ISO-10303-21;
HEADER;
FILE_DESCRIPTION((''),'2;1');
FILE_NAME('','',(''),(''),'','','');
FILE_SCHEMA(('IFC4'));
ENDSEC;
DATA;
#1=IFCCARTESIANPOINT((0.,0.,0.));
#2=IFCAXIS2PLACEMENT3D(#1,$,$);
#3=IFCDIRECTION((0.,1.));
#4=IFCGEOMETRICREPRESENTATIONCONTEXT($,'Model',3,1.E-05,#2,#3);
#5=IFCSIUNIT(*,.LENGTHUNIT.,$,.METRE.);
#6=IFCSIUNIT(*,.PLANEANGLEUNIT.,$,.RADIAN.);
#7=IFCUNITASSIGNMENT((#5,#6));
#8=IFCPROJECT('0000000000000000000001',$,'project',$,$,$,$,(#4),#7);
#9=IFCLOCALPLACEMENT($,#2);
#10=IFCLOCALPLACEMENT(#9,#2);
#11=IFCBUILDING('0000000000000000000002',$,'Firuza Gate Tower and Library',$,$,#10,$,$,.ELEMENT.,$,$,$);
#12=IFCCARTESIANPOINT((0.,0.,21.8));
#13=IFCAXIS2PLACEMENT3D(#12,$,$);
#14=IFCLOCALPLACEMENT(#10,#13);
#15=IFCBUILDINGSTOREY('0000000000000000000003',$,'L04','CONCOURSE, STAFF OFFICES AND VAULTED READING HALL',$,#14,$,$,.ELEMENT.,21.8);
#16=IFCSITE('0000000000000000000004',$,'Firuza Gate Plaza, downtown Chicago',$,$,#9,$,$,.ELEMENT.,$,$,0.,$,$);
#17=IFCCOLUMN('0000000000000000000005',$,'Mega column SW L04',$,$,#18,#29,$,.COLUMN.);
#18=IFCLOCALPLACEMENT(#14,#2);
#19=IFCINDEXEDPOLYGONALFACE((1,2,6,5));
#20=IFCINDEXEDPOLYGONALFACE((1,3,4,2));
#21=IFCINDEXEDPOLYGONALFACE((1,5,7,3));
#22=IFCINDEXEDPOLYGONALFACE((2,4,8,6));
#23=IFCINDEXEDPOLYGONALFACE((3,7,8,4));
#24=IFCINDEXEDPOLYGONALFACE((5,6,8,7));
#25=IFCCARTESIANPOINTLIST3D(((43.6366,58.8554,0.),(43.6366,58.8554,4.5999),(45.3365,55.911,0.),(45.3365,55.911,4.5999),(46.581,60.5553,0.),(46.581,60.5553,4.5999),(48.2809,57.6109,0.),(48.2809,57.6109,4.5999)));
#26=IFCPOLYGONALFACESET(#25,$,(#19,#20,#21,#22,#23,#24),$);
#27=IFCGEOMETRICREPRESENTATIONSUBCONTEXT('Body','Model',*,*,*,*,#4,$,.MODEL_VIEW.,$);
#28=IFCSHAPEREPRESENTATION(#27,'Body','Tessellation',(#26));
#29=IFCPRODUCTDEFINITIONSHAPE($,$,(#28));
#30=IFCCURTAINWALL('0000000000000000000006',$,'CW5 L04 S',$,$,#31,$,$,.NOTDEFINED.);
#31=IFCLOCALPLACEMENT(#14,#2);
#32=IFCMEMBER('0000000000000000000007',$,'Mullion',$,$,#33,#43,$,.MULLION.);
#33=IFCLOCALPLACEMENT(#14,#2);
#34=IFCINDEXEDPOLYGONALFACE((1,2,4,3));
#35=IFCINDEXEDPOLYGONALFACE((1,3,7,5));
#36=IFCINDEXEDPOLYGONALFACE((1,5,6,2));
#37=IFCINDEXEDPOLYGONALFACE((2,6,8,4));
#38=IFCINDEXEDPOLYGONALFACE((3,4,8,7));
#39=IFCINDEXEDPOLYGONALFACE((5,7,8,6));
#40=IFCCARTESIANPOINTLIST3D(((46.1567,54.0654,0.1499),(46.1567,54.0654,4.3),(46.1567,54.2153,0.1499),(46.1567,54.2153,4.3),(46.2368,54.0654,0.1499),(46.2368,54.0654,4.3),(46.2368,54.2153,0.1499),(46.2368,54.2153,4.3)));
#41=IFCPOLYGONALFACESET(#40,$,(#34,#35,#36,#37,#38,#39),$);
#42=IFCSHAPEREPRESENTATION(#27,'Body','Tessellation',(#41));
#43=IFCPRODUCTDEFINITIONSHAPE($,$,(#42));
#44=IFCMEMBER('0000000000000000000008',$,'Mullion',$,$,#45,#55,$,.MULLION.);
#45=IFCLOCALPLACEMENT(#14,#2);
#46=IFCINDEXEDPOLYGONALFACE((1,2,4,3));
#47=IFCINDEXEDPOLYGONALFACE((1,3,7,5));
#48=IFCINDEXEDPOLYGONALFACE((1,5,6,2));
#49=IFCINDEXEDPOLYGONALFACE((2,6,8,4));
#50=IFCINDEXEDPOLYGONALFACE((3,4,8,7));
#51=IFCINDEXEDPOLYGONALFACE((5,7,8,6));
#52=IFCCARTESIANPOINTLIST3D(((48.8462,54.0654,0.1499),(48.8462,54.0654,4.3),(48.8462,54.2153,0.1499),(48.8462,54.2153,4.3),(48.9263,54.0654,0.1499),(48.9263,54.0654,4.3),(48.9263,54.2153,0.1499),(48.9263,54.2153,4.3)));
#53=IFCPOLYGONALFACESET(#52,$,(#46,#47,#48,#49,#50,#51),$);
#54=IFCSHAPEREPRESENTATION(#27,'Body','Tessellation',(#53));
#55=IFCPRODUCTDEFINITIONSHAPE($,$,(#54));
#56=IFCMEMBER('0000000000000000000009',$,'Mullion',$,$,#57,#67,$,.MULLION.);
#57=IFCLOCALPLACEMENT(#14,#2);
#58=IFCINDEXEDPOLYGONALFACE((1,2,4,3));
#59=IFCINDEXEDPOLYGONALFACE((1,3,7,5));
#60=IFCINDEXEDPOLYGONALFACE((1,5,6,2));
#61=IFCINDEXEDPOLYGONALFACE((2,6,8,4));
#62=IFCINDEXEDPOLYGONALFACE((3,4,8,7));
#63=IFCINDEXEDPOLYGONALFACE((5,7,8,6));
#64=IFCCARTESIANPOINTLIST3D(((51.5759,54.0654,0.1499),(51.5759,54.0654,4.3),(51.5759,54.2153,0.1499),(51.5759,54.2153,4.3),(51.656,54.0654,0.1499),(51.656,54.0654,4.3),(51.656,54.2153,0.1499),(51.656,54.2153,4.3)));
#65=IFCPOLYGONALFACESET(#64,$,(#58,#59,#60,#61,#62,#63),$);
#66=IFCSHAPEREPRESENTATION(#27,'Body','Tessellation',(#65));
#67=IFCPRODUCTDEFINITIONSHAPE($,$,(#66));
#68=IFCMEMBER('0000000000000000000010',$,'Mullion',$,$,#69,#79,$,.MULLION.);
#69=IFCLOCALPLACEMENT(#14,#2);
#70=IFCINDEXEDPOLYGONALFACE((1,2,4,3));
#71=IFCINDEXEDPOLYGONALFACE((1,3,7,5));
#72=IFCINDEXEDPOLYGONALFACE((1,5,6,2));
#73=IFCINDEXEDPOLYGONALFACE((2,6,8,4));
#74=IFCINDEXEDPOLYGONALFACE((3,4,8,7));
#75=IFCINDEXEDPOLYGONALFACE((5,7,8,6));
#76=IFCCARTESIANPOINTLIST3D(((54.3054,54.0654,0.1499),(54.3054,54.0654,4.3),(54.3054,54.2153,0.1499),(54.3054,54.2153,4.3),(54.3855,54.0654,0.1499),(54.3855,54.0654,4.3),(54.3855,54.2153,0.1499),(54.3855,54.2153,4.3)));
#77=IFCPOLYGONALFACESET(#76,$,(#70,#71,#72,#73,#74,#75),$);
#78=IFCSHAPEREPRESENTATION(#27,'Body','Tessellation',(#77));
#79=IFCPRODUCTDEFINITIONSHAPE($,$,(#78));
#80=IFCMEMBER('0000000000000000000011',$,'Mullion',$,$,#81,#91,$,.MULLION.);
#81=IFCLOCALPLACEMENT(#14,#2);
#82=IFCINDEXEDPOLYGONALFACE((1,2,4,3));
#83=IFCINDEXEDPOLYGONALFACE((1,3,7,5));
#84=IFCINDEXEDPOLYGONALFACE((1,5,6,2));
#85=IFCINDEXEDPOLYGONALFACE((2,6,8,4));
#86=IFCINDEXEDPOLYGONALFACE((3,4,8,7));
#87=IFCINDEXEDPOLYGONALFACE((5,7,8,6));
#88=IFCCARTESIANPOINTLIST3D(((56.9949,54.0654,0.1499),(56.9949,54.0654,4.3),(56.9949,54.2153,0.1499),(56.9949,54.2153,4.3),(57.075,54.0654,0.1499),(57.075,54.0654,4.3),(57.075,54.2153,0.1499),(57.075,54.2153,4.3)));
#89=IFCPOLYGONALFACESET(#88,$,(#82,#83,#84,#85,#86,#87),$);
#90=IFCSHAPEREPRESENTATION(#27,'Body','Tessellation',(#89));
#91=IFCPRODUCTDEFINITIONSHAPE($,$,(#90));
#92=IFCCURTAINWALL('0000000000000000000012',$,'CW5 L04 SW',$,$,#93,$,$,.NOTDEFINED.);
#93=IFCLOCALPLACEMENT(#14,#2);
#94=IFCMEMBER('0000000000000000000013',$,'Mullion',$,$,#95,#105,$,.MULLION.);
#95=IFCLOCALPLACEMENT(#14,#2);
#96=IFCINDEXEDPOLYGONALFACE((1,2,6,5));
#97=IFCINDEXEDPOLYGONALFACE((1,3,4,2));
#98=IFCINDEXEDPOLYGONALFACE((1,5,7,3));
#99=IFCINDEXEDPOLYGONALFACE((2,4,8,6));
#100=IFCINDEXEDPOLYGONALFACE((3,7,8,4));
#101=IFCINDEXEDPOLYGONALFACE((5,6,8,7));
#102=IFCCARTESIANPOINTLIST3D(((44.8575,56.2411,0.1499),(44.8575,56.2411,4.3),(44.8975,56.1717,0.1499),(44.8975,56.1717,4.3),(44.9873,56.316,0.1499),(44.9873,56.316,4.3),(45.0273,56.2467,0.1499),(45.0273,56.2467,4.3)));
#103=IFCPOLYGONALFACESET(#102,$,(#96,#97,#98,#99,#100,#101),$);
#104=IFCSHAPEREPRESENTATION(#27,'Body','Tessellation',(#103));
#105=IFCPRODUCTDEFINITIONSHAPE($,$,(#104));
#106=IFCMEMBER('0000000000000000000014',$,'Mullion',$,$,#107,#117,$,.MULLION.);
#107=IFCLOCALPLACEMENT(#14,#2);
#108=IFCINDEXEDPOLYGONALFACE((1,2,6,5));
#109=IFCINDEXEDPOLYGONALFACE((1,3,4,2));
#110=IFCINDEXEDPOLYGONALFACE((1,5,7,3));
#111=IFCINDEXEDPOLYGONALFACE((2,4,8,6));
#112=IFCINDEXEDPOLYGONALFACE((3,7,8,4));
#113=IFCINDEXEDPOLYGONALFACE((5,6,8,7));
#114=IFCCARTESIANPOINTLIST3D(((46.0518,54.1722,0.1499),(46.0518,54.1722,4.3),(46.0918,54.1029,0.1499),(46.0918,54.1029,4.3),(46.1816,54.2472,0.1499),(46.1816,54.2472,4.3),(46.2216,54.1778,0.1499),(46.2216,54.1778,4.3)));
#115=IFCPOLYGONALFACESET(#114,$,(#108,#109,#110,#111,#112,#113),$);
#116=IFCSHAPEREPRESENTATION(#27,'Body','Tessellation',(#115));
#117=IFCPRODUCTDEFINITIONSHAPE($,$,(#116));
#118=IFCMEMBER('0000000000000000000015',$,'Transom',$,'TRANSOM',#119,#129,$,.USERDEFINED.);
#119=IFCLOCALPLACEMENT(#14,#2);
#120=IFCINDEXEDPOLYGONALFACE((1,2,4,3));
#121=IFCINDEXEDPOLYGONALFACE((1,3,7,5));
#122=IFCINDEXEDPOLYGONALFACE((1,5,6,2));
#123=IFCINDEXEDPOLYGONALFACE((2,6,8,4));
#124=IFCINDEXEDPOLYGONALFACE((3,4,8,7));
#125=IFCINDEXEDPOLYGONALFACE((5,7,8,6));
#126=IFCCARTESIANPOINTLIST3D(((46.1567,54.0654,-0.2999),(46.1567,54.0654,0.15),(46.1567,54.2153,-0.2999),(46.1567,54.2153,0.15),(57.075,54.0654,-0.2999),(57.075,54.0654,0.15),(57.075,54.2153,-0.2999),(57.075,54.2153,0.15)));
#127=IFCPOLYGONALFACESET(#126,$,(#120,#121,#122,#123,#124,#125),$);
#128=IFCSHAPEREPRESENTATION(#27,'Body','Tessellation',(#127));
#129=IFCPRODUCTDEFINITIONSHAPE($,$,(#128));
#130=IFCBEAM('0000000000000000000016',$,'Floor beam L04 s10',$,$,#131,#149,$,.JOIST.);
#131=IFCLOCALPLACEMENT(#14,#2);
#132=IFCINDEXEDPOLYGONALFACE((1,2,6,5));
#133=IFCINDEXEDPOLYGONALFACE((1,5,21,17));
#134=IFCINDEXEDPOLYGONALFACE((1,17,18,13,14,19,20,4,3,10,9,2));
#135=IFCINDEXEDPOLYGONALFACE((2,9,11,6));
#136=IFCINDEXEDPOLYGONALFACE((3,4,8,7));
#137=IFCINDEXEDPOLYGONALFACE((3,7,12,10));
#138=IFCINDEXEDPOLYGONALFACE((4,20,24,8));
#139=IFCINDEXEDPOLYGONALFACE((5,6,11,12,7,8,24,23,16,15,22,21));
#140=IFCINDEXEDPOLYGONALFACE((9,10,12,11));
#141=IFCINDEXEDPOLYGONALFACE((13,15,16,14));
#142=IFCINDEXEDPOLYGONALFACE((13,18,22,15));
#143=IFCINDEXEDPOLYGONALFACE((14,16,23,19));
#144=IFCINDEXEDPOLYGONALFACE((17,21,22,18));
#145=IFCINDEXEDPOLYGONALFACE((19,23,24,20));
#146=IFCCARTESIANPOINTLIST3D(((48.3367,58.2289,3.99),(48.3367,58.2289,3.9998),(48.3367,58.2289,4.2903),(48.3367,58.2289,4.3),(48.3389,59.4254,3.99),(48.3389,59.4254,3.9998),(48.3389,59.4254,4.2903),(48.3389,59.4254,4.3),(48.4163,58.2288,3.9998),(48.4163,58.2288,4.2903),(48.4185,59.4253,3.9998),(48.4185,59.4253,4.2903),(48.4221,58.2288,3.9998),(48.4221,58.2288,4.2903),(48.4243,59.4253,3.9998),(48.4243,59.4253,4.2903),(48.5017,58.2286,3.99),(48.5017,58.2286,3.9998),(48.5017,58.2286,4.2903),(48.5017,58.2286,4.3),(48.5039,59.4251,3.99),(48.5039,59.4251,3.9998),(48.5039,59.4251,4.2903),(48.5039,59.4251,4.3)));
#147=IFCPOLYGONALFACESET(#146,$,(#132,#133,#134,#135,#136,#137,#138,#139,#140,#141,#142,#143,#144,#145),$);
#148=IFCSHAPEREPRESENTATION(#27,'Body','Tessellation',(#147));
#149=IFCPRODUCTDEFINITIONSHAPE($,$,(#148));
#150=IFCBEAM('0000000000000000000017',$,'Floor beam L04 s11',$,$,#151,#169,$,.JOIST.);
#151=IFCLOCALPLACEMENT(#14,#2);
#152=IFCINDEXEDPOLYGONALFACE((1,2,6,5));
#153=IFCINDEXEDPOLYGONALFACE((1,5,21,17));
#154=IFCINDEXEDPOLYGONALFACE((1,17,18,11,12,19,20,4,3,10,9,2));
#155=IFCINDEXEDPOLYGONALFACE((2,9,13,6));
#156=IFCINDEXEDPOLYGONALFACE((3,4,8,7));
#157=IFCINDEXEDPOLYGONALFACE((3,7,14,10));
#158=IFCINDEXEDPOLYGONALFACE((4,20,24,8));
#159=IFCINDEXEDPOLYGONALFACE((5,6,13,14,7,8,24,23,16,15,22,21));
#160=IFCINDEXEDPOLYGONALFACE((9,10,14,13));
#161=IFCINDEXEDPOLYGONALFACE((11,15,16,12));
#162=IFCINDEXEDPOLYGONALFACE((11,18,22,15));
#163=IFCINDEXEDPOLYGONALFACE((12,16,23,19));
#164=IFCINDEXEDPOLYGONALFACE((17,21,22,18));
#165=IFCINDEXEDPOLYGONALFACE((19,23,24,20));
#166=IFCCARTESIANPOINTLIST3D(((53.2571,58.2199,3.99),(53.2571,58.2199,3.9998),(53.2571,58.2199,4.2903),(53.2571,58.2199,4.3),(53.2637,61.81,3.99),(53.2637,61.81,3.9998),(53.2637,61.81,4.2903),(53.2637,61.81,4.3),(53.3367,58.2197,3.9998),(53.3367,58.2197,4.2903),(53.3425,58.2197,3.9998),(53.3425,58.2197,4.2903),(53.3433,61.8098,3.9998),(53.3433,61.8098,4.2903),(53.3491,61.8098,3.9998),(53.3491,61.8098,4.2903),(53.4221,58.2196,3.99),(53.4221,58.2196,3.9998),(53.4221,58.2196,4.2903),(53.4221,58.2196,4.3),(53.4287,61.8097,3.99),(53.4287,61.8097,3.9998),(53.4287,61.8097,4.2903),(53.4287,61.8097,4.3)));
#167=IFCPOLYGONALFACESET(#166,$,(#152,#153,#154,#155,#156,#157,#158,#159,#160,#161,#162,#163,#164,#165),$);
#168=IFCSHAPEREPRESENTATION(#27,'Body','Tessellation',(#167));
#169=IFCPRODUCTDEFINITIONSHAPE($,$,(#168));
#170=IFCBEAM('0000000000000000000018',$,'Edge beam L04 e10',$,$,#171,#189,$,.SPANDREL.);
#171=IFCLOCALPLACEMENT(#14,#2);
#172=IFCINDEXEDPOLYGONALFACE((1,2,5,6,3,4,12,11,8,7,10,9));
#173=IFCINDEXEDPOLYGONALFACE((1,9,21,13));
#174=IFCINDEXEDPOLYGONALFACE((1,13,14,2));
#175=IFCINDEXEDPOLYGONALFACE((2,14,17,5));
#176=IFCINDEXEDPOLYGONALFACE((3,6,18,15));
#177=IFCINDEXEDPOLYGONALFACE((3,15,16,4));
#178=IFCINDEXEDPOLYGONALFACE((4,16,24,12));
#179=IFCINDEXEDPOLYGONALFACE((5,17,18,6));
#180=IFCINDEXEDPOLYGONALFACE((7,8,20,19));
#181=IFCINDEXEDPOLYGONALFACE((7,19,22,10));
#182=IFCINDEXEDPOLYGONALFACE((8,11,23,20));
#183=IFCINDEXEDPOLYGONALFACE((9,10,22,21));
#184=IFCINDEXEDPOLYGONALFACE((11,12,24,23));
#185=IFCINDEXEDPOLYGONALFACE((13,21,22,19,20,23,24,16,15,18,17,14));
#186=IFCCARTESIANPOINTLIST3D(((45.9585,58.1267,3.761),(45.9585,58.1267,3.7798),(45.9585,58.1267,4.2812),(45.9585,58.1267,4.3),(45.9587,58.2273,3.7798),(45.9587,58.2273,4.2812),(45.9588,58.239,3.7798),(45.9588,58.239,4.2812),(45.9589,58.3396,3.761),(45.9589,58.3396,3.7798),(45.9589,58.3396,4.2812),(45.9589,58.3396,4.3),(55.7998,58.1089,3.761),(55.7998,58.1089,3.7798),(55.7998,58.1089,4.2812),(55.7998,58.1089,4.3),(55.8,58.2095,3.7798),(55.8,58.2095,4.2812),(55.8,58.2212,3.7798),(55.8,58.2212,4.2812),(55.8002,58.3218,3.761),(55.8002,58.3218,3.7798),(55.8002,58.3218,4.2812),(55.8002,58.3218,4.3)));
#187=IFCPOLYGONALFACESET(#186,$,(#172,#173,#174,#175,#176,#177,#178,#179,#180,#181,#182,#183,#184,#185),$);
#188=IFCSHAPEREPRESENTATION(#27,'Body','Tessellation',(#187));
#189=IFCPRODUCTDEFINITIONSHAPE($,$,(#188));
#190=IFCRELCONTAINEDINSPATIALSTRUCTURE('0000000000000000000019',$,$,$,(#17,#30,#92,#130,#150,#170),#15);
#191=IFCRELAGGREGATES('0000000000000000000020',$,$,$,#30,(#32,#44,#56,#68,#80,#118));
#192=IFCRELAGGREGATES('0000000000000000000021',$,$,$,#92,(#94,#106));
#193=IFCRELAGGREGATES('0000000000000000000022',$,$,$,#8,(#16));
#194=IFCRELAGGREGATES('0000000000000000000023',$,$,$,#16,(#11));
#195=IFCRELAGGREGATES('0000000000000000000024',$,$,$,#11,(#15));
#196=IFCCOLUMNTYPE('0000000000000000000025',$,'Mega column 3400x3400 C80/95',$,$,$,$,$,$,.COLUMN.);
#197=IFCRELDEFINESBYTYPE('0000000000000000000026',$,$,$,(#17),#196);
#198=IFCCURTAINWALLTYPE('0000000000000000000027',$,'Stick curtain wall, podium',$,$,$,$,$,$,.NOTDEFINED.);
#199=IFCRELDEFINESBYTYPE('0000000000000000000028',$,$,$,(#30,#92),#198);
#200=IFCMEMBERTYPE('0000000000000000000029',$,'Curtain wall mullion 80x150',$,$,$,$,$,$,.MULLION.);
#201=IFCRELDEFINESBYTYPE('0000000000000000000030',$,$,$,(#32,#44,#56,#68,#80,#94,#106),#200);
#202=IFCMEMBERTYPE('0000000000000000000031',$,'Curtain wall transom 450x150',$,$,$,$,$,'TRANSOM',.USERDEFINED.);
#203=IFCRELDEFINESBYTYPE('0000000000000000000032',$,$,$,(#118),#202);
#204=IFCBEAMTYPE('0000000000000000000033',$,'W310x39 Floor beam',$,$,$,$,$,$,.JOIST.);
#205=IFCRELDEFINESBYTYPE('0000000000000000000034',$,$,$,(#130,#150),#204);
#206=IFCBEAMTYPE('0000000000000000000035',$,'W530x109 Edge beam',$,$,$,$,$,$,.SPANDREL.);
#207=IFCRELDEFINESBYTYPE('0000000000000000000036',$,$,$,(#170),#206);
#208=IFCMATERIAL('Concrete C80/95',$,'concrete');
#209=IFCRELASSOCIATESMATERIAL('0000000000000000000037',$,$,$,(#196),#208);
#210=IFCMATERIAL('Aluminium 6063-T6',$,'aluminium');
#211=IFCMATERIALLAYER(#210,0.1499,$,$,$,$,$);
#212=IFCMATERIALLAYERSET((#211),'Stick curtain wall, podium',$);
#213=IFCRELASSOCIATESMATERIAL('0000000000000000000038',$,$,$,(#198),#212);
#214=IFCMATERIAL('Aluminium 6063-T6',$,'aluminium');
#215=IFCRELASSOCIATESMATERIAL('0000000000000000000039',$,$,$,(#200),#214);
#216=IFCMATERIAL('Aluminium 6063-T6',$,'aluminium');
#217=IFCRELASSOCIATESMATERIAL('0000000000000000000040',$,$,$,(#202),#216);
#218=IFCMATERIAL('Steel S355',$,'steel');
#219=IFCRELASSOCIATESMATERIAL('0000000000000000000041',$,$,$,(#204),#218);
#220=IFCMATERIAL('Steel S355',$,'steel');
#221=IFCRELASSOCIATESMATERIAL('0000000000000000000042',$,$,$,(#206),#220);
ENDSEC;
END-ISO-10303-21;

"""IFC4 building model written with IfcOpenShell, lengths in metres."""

from ifc_helpers import new_model, si_unit, direction, frame, origin, origin_2d, place, context, subcontext, project, spatial, rectangle, i_section, extrude, material, layer, layer_set, material_profile, profile_set, type_object, element, aggregate, save


model = new_model("IFC4")

# Units and contexts
model_context = context("Model", 3, precision=1e-05, world=origin(), true_north=direction((0.0, 1.0)))
body_context = subcontext(model_context, "Body", "Model", "MODEL_VIEW")
ifc_project = project(units=[si_unit("LENGTHUNIT", "METRE"), si_unit("PLANEANGLEUNIT", "RADIAN")], contexts=[model_context])

# Site, building, storey
site_placement = place(None, origin())
site = spatial("IfcSite", under=ifc_project, at=site_placement, Name="Firuza Gate Plaza, downtown Chicago", CompositionType="ELEMENT", RefElevation=0.0)
building_placement = place(site_placement, origin())
building = spatial("IfcBuilding", under=site, at=building_placement, Name="Firuza Gate Tower and Library", CompositionType="ELEMENT")
storey_placement = place(building_placement, frame((0.0, 0.0, 21.8)))
storey = spatial("IfcBuildingStorey", under=building, at=storey_placement, Name="L04", Description="CONCOURSE, STAFF OFFICES AND VAULTED READING HALL", CompositionType="ELEMENT", Elevation=21.8)

# Column
ifc_material_1 = material(Name="Concrete C80/95", Category="concrete")
ifc_material_profile_1 = material_profile(ifc_material_1, rectangle(XDim=3.3999, YDim=3.3999, at=origin_2d()))
ifc_profile_set_1 = profile_set([ifc_material_profile_1], Name="Concrete C80/95")
column_type = type_object("IfcColumnType", Name="Mega column 3400x3400 C80/95", PredefinedType="COLUMN", material=ifc_profile_set_1)
column_placement = place(storey_placement, frame((45.9587, 58.2332, 0.0), z_axis=(0.0, 0.0, 1.0), x_axis=(0.5, -0.866025, 0.0)))
element("IfcColumn", 1, at=column_placement, inside=storey, type_object=column_type, Name="Mega column SW L04", PredefinedType="COLUMN", context=body_context, shape_type="SweptSolid", body=[
    extrude(rectangle(XDim=3.3999, YDim=3.3999, at=origin_2d()), origin(), (0.0, 0.0, 1.0), 4.5999),
])

# Curtain walls, members
ifc_material_2 = material(Name="Aluminium 6063-T6", Category="aluminium")
ifc_layer_1 = layer(ifc_material_2, 0.1499)
ifc_layer_set_1 = layer_set([ifc_layer_1], Name="Stick curtain wall, podium")
curtain_wall_type = type_object("IfcCurtainWallType", Name="Stick curtain wall, podium", PredefinedType="NOTDEFINED", material=ifc_layer_set_1)
placement_1 = place(storey_placement, origin())
curtain_wall_1 = element("IfcCurtainWall", 2, at=placement_1, inside=storey, type_object=curtain_wall_type, Name="CW5 L04 S", PredefinedType="NOTDEFINED")
ifc_material_3 = material(Name="Aluminium 6063-T6", Category="aluminium")
ifc_material_profile_2 = material_profile(ifc_material_3, rectangle(XDim=0.1499, YDim=0.0801, at=origin_2d()))
ifc_profile_set_2 = profile_set([ifc_material_profile_2], Name="Aluminium 6063-T6")
member_type_1 = type_object("IfcMemberType", Name="Curtain wall mullion 80x150", PredefinedType="MULLION", material=ifc_profile_set_2)
member_1_placement = place(storey_placement, frame((46.1968, 54.1404, 0.1499), z_axis=(0.0, 0.0, 1.0), x_axis=(0.0, 1.0, 0.0)))
member_1 = element("IfcMember", 3, at=member_1_placement, type_object=member_type_1, Name="Mullion", PredefinedType="MULLION", context=body_context, shape_type="SweptSolid", body=[
    extrude(rectangle(XDim=0.1499, YDim=0.0801, at=origin_2d()), origin(), (0.0, 0.0, 1.0), 4.1501),
])
member_2_placement = place(storey_placement, frame((48.8862, 54.1404, 0.1499), z_axis=(0.0, 0.0, 1.0), x_axis=(0.0, 1.0, 0.0)))
member_2 = element("IfcMember", 4, at=member_2_placement, type_object=member_type_1, Name="Mullion", PredefinedType="MULLION", context=body_context, shape_type="SweptSolid", body=[
    extrude(rectangle(XDim=0.1499, YDim=0.0801, at=origin_2d()), origin(), (0.0, 0.0, 1.0), 4.1501),
])
member_3_placement = place(storey_placement, frame((51.616, 54.1404, 0.1499), z_axis=(0.0, 0.0, 1.0), x_axis=(0.0, 1.0, 0.0)))
member_3 = element("IfcMember", 5, at=member_3_placement, type_object=member_type_1, Name="Mullion", PredefinedType="MULLION", context=body_context, shape_type="SweptSolid", body=[
    extrude(rectangle(XDim=0.1499, YDim=0.0801, at=origin_2d()), origin(), (0.0, 0.0, 1.0), 4.1501),
])
member_4_placement = place(storey_placement, frame((54.3455, 54.1404, 0.1499), z_axis=(0.0, 0.0, 1.0), x_axis=(0.0, 1.0, 0.0)))
member_4 = element("IfcMember", 6, at=member_4_placement, type_object=member_type_1, Name="Mullion", PredefinedType="MULLION", context=body_context, shape_type="SweptSolid", body=[
    extrude(rectangle(XDim=0.1499, YDim=0.0801, at=origin_2d()), origin(), (0.0, 0.0, 1.0), 4.1501),
])
member_5_placement = place(storey_placement, frame((57.0349, 54.1404, 0.1499), z_axis=(0.0, 0.0, 1.0), x_axis=(0.0, 1.0, 0.0)))
member_5 = element("IfcMember", 7, at=member_5_placement, type_object=member_type_1, Name="Mullion", PredefinedType="MULLION", context=body_context, shape_type="SweptSolid", body=[
    extrude(rectangle(XDim=0.1499, YDim=0.0801, at=origin_2d()), origin(), (0.0, 0.0, 1.0), 4.1501),
])
curtain_wall_2 = element("IfcCurtainWall", 8, at=placement_1, inside=storey, type_object=curtain_wall_type, Name="CW5 L04 SW", PredefinedType="NOTDEFINED")
member_6_placement = place(storey_placement, frame((44.9424, 56.2439, 0.1499), z_axis=(0.0, 0.0, 1.0), x_axis=(0.866025, 0.5, 0.0)))
member_6 = element("IfcMember", 9, at=member_6_placement, type_object=member_type_1, Name="Mullion", PredefinedType="MULLION", context=body_context, shape_type="SweptSolid", body=[
    extrude(rectangle(XDim=0.1499, YDim=0.0801, at=origin_2d()), origin(), (0.0, 0.0, 1.0), 4.1501),
])
member_7_placement = place(storey_placement, frame((46.1367, 54.175, 0.1499), z_axis=(0.0, 0.0, 1.0), x_axis=(0.866025, 0.5, 0.0)))
member_7 = element("IfcMember", 10, at=member_7_placement, type_object=member_type_1, Name="Mullion", PredefinedType="MULLION", context=body_context, shape_type="SweptSolid", body=[
    extrude(rectangle(XDim=0.1499, YDim=0.0801, at=origin_2d()), origin(), (0.0, 0.0, 1.0), 4.1501),
])

# Member
ifc_material_4 = material(Name="Aluminium 6063-T6", Category="aluminium")
ifc_material_profile_3 = material_profile(ifc_material_4, rectangle(XDim=0.1499, YDim=0.45, at=origin_2d()))
ifc_profile_set_3 = profile_set([ifc_material_profile_3], Name="Aluminium 6063-T6")
member_type_2 = type_object("IfcMemberType", Name="Curtain wall transom 450x150", ElementType="TRANSOM", PredefinedType="USERDEFINED", material=ifc_profile_set_3)
member_8_placement = place(storey_placement, frame((46.1567, 54.1404, -0.075), z_axis=(1.0, 0.0, 0.0), x_axis=(0.0, 1.0, 0.0)))
member_8 = element("IfcMember", 11, at=member_8_placement, type_object=member_type_2, Name="Transom", ObjectType="TRANSOM", PredefinedType="USERDEFINED", context=body_context, shape_type="SweptSolid", body=[
    extrude(rectangle(XDim=0.1499, YDim=0.45, at=origin_2d()), origin(), (0.0, 0.0, 1.0), 10.9182),
])

# Beams
ifc_material_5 = material(Name="Steel S355", Category="steel")
ifc_material_profile_4 = material_profile(ifc_material_5, i_section(OverallWidth=0.165, OverallDepth=0.3101, WebThickness=0.0059, FlangeThickness=0.0098, at=origin_2d()))
ifc_profile_set_4 = profile_set([ifc_material_profile_4], Name="Steel S355")
beam_type_1 = type_object("IfcBeamType", Name="W310x39 Floor beam", PredefinedType="JOIST", material=ifc_profile_set_4)
beam_1_placement = place(storey_placement, frame((48.4192, 58.2288, 4.145), z_axis=(0.001836, 0.999998, 0.0), x_axis=(-0.999998, 0.001836, 0.0)))
element("IfcBeam", 12, at=beam_1_placement, inside=storey, type_object=beam_type_1, Name="Floor beam L04 s10", PredefinedType="JOIST", context=body_context, shape_type="SweptSolid", body=[
    extrude(i_section(OverallWidth=0.165, OverallDepth=0.3101, WebThickness=0.0059, FlangeThickness=0.0098, at=origin_2d()), origin(), (0.0, 0.0, 1.0), 1.1965),
])
beam_2_placement = place(storey_placement, frame((53.3396, 58.2197, 4.145), z_axis=(0.001836, 0.999998, 0.0), x_axis=(-0.999998, 0.001836, 0.0)))
element("IfcBeam", 13, at=beam_2_placement, inside=storey, type_object=beam_type_1, Name="Floor beam L04 s11", PredefinedType="JOIST", context=body_context, shape_type="SweptSolid", body=[
    extrude(i_section(OverallWidth=0.165, OverallDepth=0.3101, WebThickness=0.0059, FlangeThickness=0.0098, at=origin_2d()), origin(), (0.0, 0.0, 1.0), 3.5901),
])
ifc_material_6 = material(Name="Steel S355", Category="steel")
ifc_material_profile_5 = material_profile(ifc_material_6, i_section(OverallWidth=0.2129, OverallDepth=0.5391, WebThickness=0.0117, FlangeThickness=0.0188, at=origin_2d()))
ifc_profile_set_5 = profile_set([ifc_material_profile_5], Name="Steel S355")
beam_type_2 = type_object("IfcBeamType", Name="W530x109 Edge beam", PredefinedType="SPANDREL", material=ifc_profile_set_5)
beam_3_placement = place(storey_placement, frame((45.9587, 58.2332, 4.0305), z_axis=(0.999998, -0.001811, 0.0), x_axis=(0.001811, 0.999998, 0.0)))
element("IfcBeam", 14, at=beam_3_placement, inside=storey, type_object=beam_type_2, Name="Edge beam L04 e10", PredefinedType="SPANDREL", context=body_context, shape_type="SweptSolid", body=[
    extrude(i_section(OverallWidth=0.2129, OverallDepth=0.5391, WebThickness=0.0117, FlangeThickness=0.0188, at=origin_2d()), origin(), (0.0, 0.0, 1.0), 9.8413),
])

aggregate(curtain_wall_1, [member_1, member_2, member_3, member_4, member_5, member_8])
aggregate(curtain_wall_2, [member_6, member_7])

save(model, "model.ifc")
